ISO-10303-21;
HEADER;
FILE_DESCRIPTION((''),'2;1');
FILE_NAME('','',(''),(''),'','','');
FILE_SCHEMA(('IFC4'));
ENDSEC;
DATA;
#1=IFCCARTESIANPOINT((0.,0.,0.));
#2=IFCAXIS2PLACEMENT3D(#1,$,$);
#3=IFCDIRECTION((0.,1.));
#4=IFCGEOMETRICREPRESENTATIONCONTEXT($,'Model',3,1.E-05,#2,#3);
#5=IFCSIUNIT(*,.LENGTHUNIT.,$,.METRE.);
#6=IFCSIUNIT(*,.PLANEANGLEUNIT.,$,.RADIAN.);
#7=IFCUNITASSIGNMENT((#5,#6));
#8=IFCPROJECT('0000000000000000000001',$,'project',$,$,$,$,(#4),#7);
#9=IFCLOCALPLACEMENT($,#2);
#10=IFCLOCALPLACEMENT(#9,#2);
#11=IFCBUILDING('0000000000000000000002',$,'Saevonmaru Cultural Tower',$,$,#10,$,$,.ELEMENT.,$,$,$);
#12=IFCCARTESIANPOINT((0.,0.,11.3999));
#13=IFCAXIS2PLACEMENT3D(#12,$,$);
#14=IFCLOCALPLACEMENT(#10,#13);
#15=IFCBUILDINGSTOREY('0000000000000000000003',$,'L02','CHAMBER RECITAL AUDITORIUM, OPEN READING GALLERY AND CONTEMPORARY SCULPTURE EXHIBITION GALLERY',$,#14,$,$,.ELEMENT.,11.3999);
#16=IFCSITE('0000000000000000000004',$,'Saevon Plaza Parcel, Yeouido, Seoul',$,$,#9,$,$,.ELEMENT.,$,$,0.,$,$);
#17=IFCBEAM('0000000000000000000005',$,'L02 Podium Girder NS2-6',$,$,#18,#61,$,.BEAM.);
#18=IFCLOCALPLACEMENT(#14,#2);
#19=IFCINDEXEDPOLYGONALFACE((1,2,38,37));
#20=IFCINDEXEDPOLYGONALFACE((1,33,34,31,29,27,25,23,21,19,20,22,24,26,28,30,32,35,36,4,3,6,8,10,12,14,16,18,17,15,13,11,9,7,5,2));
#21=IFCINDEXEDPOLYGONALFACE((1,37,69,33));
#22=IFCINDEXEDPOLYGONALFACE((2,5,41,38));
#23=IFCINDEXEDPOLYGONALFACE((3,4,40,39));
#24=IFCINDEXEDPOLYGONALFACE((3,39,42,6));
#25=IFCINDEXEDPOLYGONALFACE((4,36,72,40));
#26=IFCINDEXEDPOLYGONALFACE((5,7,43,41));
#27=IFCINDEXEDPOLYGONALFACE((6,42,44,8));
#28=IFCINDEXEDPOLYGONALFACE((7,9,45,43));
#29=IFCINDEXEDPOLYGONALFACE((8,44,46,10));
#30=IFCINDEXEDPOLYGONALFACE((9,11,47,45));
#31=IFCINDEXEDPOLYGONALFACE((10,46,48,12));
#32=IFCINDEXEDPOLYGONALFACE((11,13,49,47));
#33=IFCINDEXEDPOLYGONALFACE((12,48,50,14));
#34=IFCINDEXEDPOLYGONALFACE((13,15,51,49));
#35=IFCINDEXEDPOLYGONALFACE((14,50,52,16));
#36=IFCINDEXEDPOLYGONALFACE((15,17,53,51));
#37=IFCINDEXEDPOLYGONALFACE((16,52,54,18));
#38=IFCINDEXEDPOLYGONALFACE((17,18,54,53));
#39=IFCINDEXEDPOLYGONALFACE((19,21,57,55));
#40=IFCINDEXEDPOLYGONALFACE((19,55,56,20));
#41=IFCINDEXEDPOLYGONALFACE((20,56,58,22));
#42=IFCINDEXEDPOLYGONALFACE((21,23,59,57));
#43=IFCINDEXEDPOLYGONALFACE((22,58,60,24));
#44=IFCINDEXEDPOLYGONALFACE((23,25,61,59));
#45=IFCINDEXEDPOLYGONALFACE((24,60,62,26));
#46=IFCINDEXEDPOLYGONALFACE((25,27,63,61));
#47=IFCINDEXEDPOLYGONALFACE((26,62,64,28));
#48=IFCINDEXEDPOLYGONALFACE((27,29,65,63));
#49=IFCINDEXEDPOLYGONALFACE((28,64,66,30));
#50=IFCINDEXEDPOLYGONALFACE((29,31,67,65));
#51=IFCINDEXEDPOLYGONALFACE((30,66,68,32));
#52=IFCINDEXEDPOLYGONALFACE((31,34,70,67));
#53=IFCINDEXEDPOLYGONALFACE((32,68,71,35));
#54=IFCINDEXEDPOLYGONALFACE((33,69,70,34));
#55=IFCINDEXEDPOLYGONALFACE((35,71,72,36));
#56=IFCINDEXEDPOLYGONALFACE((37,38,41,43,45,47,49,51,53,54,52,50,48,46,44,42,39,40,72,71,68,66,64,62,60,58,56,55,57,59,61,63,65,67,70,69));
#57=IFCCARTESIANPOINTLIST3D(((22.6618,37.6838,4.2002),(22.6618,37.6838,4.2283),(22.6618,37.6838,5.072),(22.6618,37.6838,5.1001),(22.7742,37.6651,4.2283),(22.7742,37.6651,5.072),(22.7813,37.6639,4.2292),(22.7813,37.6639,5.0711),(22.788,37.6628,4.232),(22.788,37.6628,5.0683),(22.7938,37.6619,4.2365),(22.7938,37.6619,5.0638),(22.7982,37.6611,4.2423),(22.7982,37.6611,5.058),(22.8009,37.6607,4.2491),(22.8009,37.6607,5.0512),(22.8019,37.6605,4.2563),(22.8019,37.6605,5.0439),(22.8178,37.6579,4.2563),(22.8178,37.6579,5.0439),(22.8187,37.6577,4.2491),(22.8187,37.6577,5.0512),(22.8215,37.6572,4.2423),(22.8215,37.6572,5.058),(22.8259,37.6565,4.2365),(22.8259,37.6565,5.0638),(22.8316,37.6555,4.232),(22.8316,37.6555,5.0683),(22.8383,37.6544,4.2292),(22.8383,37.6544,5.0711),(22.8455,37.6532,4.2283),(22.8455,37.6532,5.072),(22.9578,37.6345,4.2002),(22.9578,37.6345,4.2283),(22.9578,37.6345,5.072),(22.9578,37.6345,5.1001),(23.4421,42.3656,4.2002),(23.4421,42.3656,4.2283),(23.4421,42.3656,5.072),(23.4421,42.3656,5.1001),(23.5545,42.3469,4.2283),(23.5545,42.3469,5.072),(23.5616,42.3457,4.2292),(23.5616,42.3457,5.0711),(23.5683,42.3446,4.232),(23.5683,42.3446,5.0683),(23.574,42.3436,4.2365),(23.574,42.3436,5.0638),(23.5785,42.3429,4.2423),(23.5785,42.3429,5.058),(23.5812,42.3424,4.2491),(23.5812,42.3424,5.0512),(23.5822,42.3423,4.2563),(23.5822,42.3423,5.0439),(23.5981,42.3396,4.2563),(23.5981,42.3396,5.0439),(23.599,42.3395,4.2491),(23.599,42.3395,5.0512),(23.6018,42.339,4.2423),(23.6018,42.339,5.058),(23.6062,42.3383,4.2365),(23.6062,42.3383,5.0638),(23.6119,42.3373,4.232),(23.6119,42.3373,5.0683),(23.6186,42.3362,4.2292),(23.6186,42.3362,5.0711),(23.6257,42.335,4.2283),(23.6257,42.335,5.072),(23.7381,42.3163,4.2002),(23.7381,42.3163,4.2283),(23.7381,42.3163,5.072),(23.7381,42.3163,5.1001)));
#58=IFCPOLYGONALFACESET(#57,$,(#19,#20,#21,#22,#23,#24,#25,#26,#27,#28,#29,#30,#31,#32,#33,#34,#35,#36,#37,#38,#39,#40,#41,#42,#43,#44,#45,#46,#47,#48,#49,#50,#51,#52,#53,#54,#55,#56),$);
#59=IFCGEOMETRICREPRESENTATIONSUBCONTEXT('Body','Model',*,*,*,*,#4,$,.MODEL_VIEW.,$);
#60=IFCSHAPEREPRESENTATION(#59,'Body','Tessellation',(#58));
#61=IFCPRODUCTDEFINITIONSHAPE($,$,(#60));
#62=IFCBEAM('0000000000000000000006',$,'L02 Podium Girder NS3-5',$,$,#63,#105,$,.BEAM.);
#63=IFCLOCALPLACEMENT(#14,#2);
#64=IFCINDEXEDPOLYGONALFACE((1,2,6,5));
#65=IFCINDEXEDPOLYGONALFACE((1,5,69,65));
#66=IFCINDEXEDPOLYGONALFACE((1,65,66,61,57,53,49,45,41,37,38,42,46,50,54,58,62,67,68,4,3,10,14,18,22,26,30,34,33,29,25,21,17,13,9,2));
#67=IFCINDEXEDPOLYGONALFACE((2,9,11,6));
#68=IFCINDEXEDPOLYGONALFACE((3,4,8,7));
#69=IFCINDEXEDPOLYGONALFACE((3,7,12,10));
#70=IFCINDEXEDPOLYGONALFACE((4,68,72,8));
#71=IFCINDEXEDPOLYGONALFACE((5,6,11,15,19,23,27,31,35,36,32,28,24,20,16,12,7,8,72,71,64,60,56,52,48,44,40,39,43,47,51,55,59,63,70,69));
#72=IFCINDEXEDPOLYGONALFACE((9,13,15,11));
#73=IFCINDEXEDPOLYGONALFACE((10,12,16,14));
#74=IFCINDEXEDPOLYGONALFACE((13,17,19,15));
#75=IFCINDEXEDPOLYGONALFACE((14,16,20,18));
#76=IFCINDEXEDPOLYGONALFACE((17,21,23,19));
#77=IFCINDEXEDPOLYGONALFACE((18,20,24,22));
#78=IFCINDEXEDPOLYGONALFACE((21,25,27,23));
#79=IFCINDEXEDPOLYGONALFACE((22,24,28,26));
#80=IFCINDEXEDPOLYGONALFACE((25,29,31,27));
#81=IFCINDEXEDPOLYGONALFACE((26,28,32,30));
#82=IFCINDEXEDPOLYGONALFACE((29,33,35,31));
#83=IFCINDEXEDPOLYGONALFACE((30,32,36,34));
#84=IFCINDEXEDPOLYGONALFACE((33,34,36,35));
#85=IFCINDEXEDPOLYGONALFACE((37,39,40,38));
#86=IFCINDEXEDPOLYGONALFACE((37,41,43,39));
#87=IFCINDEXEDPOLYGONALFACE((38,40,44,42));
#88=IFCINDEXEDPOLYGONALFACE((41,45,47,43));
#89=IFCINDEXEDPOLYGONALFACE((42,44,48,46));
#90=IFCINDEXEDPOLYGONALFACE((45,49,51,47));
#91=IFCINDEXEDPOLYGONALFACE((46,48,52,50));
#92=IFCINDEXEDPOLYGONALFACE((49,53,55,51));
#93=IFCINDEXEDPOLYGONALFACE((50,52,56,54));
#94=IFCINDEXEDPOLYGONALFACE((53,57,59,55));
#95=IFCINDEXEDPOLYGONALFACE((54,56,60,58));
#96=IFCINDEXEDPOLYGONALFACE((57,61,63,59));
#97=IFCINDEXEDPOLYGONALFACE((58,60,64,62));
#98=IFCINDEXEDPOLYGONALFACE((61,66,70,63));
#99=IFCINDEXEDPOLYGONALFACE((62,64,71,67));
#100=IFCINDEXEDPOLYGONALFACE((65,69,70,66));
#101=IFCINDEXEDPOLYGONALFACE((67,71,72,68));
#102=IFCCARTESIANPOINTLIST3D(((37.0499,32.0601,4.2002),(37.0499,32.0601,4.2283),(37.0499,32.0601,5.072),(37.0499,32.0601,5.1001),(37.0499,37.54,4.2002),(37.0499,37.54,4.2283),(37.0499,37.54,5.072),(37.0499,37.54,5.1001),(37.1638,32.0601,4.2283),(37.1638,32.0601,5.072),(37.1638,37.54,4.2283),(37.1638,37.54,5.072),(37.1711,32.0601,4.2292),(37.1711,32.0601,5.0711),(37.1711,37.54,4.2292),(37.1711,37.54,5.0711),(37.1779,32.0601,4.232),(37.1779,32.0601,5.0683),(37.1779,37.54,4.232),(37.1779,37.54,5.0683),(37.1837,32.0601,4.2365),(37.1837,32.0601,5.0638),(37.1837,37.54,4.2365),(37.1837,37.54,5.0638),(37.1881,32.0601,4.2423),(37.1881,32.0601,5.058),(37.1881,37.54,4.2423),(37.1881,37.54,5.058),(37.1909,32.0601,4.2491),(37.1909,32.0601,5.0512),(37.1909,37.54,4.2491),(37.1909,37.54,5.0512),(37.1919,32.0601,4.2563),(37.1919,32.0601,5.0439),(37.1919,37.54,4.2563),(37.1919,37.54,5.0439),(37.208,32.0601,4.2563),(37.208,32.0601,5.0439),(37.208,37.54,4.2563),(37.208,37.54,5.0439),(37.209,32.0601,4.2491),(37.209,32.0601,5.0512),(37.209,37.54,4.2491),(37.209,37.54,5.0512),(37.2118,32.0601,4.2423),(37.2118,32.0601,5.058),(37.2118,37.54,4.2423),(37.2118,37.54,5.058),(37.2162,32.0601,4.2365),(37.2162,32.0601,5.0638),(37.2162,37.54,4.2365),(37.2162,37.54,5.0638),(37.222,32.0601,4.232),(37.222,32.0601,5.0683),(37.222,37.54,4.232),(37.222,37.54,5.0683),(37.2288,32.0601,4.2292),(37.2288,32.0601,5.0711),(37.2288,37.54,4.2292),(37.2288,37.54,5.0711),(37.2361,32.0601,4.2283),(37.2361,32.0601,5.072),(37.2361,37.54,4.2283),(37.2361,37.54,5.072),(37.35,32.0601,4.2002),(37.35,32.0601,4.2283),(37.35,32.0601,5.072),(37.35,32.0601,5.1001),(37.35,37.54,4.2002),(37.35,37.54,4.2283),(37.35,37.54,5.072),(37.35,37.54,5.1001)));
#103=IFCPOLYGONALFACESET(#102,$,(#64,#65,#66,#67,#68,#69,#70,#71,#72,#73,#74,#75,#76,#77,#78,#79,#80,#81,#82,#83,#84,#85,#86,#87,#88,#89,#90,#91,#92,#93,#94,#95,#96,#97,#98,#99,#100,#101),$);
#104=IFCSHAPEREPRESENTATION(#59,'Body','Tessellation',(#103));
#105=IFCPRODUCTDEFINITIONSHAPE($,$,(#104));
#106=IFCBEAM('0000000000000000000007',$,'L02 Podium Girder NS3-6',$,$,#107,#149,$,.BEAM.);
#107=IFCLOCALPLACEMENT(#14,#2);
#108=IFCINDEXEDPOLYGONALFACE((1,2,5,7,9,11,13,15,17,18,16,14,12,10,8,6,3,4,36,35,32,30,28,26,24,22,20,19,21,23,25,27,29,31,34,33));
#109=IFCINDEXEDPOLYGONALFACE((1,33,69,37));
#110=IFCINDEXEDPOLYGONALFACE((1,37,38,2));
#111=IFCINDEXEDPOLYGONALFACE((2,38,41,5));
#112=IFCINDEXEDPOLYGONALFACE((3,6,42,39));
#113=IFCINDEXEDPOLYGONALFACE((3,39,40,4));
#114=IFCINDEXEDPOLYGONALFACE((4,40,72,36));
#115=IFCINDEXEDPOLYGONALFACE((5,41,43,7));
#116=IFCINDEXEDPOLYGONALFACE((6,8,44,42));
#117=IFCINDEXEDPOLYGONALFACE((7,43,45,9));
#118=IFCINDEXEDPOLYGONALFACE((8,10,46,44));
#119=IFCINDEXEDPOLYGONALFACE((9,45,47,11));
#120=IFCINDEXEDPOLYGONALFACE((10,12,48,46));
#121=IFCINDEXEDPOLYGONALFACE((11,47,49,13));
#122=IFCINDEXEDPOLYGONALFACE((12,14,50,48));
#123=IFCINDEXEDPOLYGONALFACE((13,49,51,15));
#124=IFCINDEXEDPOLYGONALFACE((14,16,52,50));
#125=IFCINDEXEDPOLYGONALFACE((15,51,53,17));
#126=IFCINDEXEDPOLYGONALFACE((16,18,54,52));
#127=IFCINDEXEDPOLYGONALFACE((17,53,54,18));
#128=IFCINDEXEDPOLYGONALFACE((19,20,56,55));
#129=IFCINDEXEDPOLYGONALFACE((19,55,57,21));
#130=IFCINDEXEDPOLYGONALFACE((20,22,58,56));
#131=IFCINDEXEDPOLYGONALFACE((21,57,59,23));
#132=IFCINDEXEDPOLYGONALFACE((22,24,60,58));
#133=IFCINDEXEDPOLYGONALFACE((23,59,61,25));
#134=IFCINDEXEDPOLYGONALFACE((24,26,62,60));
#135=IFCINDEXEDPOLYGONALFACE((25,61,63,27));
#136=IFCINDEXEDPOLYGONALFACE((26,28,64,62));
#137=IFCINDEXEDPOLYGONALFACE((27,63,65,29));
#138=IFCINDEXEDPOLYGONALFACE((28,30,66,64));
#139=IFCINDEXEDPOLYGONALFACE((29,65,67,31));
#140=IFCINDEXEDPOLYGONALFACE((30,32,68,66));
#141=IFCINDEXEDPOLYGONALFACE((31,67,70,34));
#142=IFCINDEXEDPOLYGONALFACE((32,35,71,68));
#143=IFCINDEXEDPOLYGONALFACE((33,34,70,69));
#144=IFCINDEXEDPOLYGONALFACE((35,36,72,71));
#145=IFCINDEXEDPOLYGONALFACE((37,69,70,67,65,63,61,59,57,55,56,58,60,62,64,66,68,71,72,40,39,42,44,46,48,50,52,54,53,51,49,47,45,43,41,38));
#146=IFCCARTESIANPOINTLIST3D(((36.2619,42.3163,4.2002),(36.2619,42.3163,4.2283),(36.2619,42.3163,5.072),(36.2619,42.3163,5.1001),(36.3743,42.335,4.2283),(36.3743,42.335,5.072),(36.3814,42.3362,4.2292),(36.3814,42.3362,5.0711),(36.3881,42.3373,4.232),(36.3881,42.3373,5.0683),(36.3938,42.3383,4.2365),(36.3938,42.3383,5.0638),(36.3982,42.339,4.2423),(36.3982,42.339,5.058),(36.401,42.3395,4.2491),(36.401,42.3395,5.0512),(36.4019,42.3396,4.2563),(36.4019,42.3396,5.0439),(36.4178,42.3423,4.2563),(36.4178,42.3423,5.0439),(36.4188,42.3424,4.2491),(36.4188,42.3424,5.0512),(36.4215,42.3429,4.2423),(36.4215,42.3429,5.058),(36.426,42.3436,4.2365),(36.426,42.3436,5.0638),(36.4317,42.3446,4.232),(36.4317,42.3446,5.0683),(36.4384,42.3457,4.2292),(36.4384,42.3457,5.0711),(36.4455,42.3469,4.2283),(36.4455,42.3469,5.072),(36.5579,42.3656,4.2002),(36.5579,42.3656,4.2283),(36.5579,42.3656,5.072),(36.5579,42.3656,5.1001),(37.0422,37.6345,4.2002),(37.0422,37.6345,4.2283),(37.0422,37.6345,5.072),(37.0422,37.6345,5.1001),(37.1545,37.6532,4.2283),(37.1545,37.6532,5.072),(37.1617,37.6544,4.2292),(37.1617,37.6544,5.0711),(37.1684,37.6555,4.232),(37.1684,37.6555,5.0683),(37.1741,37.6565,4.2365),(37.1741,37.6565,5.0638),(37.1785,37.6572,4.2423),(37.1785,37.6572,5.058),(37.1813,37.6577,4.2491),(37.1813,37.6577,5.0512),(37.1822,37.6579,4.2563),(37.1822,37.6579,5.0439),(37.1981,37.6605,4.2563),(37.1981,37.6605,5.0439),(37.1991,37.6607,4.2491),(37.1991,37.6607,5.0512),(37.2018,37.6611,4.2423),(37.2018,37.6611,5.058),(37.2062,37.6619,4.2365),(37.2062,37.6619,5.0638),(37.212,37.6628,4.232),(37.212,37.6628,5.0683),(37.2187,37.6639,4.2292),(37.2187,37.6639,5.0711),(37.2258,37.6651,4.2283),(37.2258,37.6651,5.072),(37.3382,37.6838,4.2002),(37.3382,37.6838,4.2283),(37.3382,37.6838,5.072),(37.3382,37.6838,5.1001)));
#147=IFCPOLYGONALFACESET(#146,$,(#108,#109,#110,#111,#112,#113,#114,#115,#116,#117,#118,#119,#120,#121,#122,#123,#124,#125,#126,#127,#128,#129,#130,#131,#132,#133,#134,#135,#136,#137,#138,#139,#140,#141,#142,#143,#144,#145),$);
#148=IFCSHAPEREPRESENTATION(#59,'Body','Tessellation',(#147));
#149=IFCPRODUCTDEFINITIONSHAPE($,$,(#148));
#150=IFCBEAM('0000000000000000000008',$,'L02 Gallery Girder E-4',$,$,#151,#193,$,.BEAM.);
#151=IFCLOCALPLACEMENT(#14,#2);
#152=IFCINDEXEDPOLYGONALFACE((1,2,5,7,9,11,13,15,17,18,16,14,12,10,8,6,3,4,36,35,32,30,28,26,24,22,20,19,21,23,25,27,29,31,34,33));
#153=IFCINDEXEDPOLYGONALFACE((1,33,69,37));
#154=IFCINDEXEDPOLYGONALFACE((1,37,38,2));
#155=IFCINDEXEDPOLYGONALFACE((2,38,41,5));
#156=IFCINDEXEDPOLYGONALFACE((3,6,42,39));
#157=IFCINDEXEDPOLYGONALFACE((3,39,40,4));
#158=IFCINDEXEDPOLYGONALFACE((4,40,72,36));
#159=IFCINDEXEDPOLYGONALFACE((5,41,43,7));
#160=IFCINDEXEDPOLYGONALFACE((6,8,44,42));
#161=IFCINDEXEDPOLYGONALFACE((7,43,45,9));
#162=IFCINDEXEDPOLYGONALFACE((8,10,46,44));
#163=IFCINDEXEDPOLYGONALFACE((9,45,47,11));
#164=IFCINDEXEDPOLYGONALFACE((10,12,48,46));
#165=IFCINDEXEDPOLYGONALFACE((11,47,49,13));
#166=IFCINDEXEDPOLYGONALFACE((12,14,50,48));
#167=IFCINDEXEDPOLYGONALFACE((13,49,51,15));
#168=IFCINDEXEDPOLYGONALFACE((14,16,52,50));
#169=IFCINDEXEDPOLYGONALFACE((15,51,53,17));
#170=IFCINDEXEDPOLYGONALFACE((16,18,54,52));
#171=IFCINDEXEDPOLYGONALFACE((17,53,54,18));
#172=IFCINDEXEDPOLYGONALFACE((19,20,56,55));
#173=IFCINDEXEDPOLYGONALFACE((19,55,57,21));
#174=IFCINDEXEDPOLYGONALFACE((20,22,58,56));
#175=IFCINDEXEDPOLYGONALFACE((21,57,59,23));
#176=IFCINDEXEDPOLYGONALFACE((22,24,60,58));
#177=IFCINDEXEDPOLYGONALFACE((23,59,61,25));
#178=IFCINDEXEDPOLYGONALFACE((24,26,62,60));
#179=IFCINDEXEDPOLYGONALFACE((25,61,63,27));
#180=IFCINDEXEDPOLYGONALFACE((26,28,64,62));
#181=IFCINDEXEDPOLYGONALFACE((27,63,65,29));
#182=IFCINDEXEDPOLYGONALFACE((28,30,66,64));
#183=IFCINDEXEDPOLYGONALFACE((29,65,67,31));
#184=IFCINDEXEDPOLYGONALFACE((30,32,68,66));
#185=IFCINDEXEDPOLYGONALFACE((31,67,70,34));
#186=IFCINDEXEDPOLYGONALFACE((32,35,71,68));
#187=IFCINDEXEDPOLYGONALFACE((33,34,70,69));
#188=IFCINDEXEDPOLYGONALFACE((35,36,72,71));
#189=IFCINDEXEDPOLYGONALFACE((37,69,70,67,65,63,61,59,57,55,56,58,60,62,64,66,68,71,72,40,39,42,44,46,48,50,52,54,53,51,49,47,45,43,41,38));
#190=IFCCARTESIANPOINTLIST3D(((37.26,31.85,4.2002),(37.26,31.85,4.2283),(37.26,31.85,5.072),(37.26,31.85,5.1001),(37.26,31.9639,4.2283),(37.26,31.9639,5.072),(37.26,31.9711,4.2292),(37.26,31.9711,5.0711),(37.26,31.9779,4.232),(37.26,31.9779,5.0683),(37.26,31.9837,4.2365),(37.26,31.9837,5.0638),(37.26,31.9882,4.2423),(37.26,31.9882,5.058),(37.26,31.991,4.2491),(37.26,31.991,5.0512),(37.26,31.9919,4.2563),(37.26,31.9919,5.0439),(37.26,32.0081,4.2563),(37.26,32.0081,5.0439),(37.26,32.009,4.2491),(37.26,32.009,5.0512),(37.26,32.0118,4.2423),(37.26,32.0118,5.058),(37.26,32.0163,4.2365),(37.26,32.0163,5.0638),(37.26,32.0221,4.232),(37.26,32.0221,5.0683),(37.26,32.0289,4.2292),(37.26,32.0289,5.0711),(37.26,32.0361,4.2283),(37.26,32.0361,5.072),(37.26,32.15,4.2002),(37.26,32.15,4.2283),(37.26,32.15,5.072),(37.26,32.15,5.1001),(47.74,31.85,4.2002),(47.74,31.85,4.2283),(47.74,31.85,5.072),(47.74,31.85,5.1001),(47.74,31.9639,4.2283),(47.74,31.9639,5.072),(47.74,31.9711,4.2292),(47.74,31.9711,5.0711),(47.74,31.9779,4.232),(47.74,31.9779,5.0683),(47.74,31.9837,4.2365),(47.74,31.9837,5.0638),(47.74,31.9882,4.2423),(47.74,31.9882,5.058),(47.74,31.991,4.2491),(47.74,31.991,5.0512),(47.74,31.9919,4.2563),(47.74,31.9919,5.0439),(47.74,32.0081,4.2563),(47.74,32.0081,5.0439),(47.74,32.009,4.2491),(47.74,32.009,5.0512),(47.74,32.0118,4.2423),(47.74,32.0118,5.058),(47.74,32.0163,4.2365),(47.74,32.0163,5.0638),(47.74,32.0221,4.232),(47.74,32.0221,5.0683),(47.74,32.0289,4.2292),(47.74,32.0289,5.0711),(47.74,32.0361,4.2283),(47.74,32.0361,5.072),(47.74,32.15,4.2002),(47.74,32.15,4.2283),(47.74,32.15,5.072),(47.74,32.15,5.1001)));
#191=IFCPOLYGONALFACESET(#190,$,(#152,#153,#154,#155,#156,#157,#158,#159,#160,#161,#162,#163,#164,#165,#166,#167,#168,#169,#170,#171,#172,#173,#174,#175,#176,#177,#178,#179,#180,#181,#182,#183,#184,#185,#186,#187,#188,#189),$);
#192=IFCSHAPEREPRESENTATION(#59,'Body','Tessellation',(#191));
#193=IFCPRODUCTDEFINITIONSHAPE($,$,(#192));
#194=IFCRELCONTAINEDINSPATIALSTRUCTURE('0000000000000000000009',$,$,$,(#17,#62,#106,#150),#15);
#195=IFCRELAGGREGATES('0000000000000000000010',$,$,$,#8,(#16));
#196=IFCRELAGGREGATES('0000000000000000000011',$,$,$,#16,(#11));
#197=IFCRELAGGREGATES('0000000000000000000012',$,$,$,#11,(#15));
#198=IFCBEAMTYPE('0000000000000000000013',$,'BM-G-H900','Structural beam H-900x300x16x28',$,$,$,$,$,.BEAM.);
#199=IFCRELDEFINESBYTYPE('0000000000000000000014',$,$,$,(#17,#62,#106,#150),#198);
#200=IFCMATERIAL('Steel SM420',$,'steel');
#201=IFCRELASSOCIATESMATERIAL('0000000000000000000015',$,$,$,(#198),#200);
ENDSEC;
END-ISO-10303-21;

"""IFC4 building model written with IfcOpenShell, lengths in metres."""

from ifc_helpers import new_model, si_unit, direction, frame, origin, origin_2d, place, context, subcontext, project, spatial, i_section, extrude, material, material_profile, profile_set, type_object, element, save


model = new_model("IFC4")

# Units and contexts
model_context = context("Model", 3, precision=1e-05, world=origin(), true_north=direction((0.0, 1.0)))
body_context = subcontext(model_context, "Body", "Model", "MODEL_VIEW")
ifc_project = project(units=[si_unit("LENGTHUNIT", "METRE"), si_unit("PLANEANGLEUNIT", "RADIAN")], contexts=[model_context])

# Site, building, storey
site_placement = place(None, origin())
site = spatial("IfcSite", under=ifc_project, at=site_placement, Name="Saevon Plaza Parcel, Yeouido, Seoul", CompositionType="ELEMENT", RefElevation=0.0)
building_placement = place(site_placement, origin())
building = spatial("IfcBuilding", under=site, at=building_placement, Name="Saevonmaru Cultural Tower", CompositionType="ELEMENT")
storey_placement = place(building_placement, frame((0.0, 0.0, 11.3999)))
storey = spatial("IfcBuildingStorey", under=building, at=storey_placement, Name="L02", Description="CHAMBER RECITAL AUDITORIUM, OPEN READING GALLERY AND CONTEMPORARY SCULPTURE EXHIBITION GALLERY", CompositionType="ELEMENT", Elevation=11.3999)

# Shared definitions
ifc_material_1 = material(Name="Steel SM420", Category="steel")

# Beams
ifc_material_profile_1 = material_profile(ifc_material_1, i_section(OverallWidth=0.3, OverallDepth=0.8999, WebThickness=0.0161, FlangeThickness=0.0281, FilletRadius=0.0281, at=origin_2d()), Name="H-900x300x16x28")
ifc_profile_set_1 = profile_set([ifc_material_profile_1], Name="Steel SM420")
beam_type_1 = type_object("IfcBeamType", Name="BM-G-H900", Description="Structural beam H-900x300x16x28", PredefinedType="BEAM", material=ifc_profile_set_1)
beam_1_placement = place(storey_placement, frame((22.8098, 37.6592, 4.6501), z_axis=(0.164399, 0.986394, 0.0), x_axis=(-0.986394, 0.164399, 0.0)))
element("IfcBeam", 1, at=beam_1_placement, inside=storey, type_object=beam_type_1, Name="L02 Podium Girder NS2-6", PredefinedType="BEAM", context=body_context, shape_type="SweptSolid", body=[
    extrude(i_section(OverallWidth=0.3, OverallDepth=0.8999, WebThickness=0.0161, FlangeThickness=0.0281, FilletRadius=0.0281, at=origin_2d()), origin(), (0.0, 0.0, 1.0), 4.7463),
])
beam_2_placement = place(storey_placement, frame((37.2, 32.0601, 4.6501), z_axis=(0.0, 1.0, 0.0), x_axis=(-1.0, 0.0, 0.0)))
element("IfcBeam", 2, at=beam_2_placement, inside=storey, type_object=beam_type_1, Name="L02 Podium Girder NS3-5", PredefinedType="BEAM", context=body_context, shape_type="SweptSolid", body=[
    extrude(i_section(OverallWidth=0.3, OverallDepth=0.8999, WebThickness=0.0161, FlangeThickness=0.0281, FilletRadius=0.0281, at=origin_2d()), origin(), (0.0, 0.0, 1.0), 5.48),
])
beam_3_placement = place(storey_placement, frame((37.1902, 37.6592, 4.6501), z_axis=(-0.164399, 0.986394, 0.0), x_axis=(-0.986394, -0.164399, 0.0)))
element("IfcBeam", 3, at=beam_3_placement, inside=storey, type_object=beam_type_1, Name="L02 Podium Girder NS3-6", PredefinedType="BEAM", context=body_context, shape_type="SweptSolid", body=[
    extrude(i_section(OverallWidth=0.3, OverallDepth=0.8999, WebThickness=0.0161, FlangeThickness=0.0281, FilletRadius=0.0281, at=origin_2d()), origin(), (0.0, 0.0, 1.0), 4.7463),
])
for number, where, z_axis, x_axis, name in (
    (4, (37.26, 32.0, 4.6501), (1.0, 0.0, 0.0), (0.0, 1.0, 0.0), "L02 Gallery Girder E-4"),
):
    element("IfcBeam", number, at=place(storey_placement, frame(where, z_axis=z_axis, x_axis=x_axis)), inside=storey, type_object=beam_type_1, Name=name, PredefinedType="BEAM", context=body_context, shape_type="SweptSolid", body=[
        extrude(i_section(OverallWidth=0.3, OverallDepth=0.8999, WebThickness=0.0161, FlangeThickness=0.0281, FilletRadius=0.0281, at=origin_2d()), origin(), (0.0, 0.0, 1.0), 10.48),
    ])

save(model, "model.ifc")
